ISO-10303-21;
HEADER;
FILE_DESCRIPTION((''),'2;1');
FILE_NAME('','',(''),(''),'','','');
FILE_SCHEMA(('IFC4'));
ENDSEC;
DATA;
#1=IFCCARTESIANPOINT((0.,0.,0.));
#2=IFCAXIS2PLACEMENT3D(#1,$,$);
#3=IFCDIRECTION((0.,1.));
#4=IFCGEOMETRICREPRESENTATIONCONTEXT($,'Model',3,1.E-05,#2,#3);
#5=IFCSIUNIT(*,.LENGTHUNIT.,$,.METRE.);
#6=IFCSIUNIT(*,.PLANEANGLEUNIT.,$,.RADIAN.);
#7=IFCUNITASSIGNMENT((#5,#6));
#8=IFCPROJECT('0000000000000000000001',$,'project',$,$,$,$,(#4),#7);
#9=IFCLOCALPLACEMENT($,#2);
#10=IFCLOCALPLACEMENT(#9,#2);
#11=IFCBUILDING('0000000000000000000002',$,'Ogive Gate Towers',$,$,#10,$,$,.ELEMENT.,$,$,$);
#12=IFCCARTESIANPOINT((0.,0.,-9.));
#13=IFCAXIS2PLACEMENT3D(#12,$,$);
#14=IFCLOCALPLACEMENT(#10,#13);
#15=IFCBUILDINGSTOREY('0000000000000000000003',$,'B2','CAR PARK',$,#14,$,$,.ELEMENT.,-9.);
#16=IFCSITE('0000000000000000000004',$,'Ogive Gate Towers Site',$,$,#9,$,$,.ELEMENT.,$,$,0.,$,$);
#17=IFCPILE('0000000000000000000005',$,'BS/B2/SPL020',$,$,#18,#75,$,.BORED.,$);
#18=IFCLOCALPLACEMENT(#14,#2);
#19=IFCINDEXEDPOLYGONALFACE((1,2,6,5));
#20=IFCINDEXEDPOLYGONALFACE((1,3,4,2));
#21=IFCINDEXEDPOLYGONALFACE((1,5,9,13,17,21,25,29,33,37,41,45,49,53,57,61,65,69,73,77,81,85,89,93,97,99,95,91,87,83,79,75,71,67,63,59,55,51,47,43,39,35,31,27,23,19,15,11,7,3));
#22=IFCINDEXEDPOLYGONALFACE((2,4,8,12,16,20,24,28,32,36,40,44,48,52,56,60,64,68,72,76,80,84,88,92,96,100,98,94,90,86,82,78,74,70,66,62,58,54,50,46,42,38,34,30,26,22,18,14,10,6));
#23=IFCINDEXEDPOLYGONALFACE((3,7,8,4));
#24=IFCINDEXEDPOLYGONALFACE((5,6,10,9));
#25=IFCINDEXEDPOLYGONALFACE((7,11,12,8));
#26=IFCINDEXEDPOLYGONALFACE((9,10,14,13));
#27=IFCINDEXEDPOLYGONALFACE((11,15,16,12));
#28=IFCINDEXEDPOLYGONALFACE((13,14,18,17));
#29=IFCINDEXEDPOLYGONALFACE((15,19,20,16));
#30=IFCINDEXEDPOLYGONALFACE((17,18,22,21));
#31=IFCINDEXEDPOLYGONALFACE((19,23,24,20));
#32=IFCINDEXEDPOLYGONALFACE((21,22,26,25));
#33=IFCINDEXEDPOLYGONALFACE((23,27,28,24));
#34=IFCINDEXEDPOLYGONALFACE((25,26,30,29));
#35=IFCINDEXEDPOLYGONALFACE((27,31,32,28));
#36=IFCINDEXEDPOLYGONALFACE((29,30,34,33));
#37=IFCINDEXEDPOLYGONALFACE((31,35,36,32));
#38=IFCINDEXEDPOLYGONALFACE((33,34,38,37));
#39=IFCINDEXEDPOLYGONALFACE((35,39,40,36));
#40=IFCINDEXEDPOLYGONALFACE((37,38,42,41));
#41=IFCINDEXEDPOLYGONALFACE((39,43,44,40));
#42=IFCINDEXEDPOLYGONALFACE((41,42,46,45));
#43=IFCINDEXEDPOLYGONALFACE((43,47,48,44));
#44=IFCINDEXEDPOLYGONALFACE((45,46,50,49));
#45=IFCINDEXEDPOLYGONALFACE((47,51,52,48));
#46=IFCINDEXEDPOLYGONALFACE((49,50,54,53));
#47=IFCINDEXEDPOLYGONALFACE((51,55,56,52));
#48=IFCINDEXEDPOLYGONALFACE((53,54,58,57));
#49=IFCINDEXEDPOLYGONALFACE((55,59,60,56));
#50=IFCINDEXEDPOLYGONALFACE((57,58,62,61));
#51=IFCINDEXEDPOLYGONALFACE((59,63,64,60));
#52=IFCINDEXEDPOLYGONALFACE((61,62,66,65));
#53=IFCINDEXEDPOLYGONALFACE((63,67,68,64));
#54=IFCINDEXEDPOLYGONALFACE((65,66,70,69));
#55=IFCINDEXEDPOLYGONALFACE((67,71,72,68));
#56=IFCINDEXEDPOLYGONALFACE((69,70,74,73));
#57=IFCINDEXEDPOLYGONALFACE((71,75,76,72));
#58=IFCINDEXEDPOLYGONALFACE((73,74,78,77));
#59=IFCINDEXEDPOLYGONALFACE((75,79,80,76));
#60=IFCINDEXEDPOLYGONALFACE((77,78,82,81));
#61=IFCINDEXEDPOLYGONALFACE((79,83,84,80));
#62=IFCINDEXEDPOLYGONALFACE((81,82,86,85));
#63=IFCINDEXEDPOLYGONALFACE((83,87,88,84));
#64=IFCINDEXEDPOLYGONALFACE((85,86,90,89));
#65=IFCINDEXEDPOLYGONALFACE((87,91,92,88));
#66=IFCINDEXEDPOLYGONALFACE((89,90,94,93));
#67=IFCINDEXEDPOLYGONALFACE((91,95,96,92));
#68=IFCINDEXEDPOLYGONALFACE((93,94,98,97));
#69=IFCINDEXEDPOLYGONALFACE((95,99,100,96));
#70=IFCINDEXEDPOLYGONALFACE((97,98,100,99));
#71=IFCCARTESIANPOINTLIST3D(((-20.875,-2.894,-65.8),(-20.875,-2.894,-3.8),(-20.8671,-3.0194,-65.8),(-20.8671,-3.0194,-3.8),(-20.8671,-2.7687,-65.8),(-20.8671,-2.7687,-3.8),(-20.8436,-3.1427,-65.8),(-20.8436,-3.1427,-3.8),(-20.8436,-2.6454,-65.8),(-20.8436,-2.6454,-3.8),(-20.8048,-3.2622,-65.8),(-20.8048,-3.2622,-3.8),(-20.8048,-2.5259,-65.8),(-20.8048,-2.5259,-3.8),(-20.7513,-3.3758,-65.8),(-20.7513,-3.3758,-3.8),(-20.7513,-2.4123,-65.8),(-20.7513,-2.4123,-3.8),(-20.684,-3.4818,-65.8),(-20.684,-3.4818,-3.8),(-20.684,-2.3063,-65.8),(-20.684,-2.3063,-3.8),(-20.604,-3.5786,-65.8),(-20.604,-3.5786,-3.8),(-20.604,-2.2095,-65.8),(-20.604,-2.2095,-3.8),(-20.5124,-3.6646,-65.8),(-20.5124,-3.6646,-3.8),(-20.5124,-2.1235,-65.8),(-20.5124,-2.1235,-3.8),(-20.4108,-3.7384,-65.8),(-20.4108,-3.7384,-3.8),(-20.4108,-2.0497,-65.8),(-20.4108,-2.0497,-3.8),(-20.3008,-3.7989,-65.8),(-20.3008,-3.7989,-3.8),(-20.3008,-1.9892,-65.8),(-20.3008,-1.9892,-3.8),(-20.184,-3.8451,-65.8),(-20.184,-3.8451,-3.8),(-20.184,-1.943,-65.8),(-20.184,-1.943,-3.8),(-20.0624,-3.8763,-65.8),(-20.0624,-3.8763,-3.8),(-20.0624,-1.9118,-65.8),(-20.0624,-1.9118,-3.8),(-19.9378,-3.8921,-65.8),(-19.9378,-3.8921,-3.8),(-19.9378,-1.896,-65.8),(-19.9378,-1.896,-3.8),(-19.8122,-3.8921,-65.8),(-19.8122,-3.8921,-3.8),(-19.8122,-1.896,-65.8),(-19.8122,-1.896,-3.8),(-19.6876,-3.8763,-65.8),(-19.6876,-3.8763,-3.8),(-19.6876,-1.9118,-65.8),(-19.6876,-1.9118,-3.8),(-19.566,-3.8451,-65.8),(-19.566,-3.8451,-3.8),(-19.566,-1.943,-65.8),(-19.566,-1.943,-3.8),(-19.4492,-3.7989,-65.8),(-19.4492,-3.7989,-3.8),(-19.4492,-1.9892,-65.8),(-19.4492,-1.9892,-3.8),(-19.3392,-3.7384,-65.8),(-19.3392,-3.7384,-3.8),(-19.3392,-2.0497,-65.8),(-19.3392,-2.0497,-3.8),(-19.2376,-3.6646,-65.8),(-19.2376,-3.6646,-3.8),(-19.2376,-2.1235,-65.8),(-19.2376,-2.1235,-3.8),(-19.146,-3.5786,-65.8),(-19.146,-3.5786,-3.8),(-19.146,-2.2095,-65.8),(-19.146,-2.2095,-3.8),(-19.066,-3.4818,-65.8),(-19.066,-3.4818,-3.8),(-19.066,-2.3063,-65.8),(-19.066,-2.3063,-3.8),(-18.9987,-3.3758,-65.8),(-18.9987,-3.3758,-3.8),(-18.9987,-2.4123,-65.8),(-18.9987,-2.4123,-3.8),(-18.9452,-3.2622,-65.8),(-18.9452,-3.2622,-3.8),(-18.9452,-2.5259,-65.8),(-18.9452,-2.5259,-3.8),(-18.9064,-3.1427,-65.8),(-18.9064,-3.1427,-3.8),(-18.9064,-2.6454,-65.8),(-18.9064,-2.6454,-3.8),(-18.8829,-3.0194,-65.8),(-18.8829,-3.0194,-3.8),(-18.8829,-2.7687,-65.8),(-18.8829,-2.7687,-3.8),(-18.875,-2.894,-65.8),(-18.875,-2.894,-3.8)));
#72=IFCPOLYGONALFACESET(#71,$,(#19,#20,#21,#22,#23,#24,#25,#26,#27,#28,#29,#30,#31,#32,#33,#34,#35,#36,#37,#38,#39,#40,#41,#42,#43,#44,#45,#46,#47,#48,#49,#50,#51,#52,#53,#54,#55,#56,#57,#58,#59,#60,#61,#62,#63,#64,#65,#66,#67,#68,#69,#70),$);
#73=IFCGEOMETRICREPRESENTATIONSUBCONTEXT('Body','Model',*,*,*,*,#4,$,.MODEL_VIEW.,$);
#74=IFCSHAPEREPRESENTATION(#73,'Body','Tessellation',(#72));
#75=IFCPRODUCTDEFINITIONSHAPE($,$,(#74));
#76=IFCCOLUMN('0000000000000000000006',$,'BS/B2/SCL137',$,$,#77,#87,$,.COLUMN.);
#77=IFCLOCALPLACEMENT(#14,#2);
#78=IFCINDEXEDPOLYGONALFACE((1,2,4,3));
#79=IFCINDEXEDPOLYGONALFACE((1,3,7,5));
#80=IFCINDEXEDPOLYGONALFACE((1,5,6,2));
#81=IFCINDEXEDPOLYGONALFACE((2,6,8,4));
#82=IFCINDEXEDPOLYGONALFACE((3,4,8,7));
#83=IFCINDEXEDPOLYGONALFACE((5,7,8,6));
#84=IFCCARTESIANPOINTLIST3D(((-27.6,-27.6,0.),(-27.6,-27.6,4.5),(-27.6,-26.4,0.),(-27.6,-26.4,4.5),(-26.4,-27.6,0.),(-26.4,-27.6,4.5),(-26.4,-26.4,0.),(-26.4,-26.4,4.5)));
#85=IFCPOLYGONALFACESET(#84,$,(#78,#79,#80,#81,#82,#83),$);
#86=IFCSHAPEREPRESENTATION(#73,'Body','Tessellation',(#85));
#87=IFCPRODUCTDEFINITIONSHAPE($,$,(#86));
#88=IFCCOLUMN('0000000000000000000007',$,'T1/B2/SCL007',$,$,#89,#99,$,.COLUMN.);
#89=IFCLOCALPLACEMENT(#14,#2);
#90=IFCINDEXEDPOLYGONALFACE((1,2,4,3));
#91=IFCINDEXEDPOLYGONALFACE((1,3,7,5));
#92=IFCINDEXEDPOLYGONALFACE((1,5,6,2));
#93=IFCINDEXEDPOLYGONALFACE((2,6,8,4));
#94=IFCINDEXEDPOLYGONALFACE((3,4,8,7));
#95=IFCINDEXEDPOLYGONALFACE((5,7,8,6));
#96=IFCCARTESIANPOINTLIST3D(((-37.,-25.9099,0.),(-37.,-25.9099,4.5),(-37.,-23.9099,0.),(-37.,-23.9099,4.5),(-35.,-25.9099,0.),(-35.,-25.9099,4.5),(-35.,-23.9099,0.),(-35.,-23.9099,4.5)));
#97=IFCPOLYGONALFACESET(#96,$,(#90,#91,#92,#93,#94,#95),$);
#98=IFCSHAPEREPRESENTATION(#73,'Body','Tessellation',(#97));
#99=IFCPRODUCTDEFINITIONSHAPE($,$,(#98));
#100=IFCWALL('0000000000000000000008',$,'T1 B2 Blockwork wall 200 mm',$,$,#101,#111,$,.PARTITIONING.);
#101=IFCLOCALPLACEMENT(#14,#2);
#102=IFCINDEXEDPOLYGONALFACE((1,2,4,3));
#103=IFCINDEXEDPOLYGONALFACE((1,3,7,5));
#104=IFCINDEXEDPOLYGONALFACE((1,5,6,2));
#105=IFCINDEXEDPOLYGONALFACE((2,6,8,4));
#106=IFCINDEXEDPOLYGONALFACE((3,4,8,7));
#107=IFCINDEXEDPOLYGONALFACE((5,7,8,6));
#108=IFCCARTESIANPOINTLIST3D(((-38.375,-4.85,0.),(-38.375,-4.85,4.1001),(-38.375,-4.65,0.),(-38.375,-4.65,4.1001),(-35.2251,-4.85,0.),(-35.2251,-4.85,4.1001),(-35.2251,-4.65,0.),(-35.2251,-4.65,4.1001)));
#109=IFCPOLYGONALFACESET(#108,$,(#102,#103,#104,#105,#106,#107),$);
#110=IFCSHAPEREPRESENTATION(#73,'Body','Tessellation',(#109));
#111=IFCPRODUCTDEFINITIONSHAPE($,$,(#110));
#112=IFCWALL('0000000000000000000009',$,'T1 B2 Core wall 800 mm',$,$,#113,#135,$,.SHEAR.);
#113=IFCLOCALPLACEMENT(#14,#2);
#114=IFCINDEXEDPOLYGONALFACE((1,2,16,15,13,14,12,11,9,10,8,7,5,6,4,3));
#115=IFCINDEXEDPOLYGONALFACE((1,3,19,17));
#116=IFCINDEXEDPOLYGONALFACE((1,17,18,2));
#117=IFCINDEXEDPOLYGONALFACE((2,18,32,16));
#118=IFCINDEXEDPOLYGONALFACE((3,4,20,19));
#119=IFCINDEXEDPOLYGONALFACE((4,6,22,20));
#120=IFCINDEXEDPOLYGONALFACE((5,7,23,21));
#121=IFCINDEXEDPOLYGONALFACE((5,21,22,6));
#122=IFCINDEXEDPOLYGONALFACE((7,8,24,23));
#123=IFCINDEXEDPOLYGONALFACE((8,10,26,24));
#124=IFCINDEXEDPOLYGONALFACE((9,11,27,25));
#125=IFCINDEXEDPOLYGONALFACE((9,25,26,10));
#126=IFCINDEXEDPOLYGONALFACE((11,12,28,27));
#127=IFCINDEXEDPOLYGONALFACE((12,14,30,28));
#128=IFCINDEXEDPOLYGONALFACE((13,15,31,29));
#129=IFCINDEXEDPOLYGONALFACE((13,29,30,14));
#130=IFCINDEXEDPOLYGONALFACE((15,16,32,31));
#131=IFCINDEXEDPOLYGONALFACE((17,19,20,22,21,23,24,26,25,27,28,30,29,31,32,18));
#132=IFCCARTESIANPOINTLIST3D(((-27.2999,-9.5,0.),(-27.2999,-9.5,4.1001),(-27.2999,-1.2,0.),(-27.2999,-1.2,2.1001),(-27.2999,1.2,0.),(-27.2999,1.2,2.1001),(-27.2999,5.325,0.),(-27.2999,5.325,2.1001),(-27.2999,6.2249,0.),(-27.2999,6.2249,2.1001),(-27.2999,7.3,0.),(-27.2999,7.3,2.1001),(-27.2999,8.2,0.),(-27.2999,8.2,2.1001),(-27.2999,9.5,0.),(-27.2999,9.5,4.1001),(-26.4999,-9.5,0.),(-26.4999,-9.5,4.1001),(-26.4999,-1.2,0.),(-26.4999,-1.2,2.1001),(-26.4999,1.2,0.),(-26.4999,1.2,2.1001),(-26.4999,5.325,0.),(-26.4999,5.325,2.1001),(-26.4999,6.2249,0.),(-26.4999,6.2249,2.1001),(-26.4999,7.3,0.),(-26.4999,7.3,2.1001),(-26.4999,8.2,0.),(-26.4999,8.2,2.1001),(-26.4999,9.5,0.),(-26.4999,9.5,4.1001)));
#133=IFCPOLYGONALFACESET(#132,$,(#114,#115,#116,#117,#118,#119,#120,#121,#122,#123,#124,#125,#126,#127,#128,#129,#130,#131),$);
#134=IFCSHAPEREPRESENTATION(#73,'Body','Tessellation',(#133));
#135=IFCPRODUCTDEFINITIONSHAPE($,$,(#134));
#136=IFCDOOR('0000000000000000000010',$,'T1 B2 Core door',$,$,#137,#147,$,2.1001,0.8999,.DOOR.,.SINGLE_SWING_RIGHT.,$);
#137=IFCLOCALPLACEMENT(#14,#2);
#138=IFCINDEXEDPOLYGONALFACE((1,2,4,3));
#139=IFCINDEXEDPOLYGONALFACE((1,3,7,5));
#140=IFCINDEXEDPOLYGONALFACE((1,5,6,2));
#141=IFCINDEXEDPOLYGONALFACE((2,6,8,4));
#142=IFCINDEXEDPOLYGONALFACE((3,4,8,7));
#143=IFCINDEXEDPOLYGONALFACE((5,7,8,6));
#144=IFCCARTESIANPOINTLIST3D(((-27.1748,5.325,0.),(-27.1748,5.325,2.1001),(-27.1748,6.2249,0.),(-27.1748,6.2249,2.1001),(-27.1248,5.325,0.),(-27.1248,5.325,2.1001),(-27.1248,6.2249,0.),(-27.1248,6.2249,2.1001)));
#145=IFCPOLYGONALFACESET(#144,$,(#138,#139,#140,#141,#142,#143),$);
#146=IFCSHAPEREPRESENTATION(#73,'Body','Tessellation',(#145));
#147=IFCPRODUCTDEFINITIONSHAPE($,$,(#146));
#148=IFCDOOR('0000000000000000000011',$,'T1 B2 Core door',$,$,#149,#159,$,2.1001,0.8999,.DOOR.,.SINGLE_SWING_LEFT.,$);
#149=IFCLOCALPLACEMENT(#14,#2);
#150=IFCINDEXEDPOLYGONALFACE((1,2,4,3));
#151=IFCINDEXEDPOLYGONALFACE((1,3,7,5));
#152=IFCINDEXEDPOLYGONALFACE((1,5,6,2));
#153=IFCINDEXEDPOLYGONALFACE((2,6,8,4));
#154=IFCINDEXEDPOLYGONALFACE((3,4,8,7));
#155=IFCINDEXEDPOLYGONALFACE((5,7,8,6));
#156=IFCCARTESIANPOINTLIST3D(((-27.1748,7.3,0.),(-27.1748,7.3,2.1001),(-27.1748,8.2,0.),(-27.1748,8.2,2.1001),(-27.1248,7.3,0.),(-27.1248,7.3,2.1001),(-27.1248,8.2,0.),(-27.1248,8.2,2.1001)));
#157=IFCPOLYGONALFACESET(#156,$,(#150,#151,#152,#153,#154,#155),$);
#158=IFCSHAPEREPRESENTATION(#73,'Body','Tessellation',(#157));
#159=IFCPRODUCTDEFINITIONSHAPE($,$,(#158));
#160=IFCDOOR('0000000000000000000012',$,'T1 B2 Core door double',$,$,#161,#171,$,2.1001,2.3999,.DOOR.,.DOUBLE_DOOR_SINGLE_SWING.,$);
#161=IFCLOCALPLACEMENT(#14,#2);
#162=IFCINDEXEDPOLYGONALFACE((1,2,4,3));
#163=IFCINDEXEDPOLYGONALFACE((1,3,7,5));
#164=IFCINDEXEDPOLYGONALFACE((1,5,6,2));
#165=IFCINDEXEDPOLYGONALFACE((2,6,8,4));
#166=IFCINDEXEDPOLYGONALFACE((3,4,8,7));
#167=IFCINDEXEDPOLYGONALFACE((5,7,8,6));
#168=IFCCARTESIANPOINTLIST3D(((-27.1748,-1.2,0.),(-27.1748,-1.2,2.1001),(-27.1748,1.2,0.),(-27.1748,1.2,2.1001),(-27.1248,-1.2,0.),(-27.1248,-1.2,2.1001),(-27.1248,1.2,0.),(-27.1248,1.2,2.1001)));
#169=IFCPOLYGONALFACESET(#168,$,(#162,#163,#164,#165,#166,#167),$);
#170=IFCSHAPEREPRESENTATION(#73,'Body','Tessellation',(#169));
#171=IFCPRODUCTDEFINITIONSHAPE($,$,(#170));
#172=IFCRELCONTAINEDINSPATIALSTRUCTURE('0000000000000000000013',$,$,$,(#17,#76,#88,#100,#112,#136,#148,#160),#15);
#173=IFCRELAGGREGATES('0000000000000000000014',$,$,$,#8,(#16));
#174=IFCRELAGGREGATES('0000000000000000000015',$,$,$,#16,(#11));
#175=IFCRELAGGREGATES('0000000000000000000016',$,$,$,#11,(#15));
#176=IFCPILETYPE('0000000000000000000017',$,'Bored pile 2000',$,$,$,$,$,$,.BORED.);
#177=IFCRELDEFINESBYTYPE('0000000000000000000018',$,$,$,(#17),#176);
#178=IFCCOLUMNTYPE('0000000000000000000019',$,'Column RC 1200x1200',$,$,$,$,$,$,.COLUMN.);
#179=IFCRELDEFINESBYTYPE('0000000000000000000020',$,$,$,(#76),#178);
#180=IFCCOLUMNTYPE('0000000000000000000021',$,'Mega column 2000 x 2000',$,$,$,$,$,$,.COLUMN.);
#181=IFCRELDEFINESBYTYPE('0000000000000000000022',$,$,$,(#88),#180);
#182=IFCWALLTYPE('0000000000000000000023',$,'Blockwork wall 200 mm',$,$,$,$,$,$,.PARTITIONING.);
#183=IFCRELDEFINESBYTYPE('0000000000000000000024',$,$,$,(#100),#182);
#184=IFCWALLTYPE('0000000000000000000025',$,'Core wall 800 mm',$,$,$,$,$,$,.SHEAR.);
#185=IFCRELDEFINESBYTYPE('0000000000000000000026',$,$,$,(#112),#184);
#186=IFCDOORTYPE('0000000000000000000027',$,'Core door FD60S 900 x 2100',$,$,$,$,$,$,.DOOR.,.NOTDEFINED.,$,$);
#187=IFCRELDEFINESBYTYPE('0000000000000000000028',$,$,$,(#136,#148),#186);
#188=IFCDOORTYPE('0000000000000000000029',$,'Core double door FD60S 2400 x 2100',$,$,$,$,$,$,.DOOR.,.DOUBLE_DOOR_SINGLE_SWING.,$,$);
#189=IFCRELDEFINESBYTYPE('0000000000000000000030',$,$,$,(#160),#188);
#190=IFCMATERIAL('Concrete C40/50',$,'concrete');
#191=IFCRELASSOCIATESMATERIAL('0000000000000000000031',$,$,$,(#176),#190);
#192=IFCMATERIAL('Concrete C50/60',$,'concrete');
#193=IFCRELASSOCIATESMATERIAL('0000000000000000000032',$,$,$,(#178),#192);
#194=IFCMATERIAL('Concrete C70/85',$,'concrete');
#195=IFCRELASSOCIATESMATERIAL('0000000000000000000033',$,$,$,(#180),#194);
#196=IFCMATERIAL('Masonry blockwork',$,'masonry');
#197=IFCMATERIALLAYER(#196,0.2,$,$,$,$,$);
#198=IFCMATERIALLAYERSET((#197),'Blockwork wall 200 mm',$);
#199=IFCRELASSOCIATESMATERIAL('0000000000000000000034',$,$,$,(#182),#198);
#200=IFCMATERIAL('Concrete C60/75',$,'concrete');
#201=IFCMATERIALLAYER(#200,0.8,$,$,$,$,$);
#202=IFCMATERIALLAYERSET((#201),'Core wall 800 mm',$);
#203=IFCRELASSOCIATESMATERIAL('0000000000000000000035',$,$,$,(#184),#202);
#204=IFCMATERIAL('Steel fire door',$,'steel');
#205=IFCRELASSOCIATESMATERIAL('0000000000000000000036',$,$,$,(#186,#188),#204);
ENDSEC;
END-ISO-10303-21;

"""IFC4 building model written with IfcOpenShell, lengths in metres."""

from ifc_helpers import new_model, si_unit, direction, frame, frame_2d, origin, origin_2d, place, context, subcontext, project, spatial, rectangle, circle, extrude, material, layer, layer_set, material_profile, profile_set, type_object, element, fill, save


model = new_model("IFC4")

# Units and contexts
model_context = context("Model", 3, precision=1e-05, world=origin(), true_north=direction((0.0, 1.0)))
body_context = subcontext(model_context, "Body", "Model", "MODEL_VIEW")
ifc_project = project(units=[si_unit("LENGTHUNIT", "METRE"), si_unit("PLANEANGLEUNIT", "RADIAN")], contexts=[model_context])

# Site, building, storey
site_placement = place(None, origin())
site = spatial("IfcSite", under=ifc_project, at=site_placement, Name="Ogive Gate Towers Site", CompositionType="ELEMENT", RefElevation=0.0)
building_placement = place(site_placement, origin())
building = spatial("IfcBuilding", under=site, at=building_placement, Name="Ogive Gate Towers", CompositionType="ELEMENT")
storey_placement = place(building_placement, frame((0.0, 0.0, -9.0)))
storey = spatial("IfcBuildingStorey", under=building, at=storey_placement, Name="B2", Description="CAR PARK", CompositionType="ELEMENT", Elevation=-9.0)

# Pile
ifc_material_1 = material(Name="Concrete C40/50", Category="concrete")
ifc_material_profile_1 = material_profile(ifc_material_1, circle(Radius=1.0, at=origin_2d()), Name="BP 2000")
ifc_profile_set_1 = profile_set([ifc_material_profile_1], Name="Concrete C40/50")
pile_type_1 = type_object("IfcPileType", Name="Bored pile 2000", PredefinedType="BORED", material=ifc_profile_set_1)
for number, where, z_axis, x_axis, name in (
    (1, (-19.875, -2.894, -3.8), (0.0, 0.0, -1.0), (1.0, 0.0, 0.0), "BS/B2/SPL020"),
):
    element("IfcPile", number, at=place(storey_placement, frame(where, z_axis=z_axis, x_axis=x_axis)), inside=storey, type_object=pile_type_1, Name=name, PredefinedType="BORED", context=body_context, shape_type="SweptSolid", body=[
        extrude(circle(Radius=1.0, at=origin_2d()), origin(), (0.0, 0.0, 1.0), 62.0),
    ])

# Columns
ifc_material_2 = material(Name="Concrete C50/60", Category="concrete")
ifc_material_profile_2 = material_profile(ifc_material_2, rectangle(XDim=1.2, YDim=1.2, at=origin_2d()), Name="RC 1200x1200")
ifc_profile_set_2 = profile_set([ifc_material_profile_2], Name="Concrete C50/60")
column_type_1 = type_object("IfcColumnType", Name="Column RC 1200x1200", PredefinedType="COLUMN", material=ifc_profile_set_2)
column_1_placement = place(storey_placement, frame((-27.0, -27.0, 0.0), z_axis=(0.0, 0.0, 1.0), x_axis=(1.0, 0.0, 0.0)))
element("IfcColumn", 2, at=column_1_placement, inside=storey, type_object=column_type_1, Name="BS/B2/SCL137", PredefinedType="COLUMN", context=body_context, shape_type="SweptSolid", body=[
    extrude(rectangle(XDim=1.2, YDim=1.2, at=origin_2d()), origin(), (0.0, 0.0, 1.0), 4.5),
])
ifc_material_3 = material(Name="Concrete C70/85", Category="concrete")
ifc_material_profile_3 = material_profile(ifc_material_3, rectangle(XDim=2.0, YDim=2.0, at=origin_2d()), Name="RC 2000x2000")
ifc_profile_set_3 = profile_set([ifc_material_profile_3], Name="Concrete C70/85")
column_type_2 = type_object("IfcColumnType", Name="Mega column 2000 x 2000", PredefinedType="COLUMN", material=ifc_profile_set_3)
column_2_placement = place(storey_placement, frame((-36.0, -24.9099, 0.0), z_axis=(0.0, 0.0, 1.0), x_axis=(0.0, -1.0, 0.0)))
element("IfcColumn", 3, at=column_2_placement, inside=storey, type_object=column_type_2, Name="T1/B2/SCL007", PredefinedType="COLUMN", context=body_context, shape_type="SweptSolid", body=[
    extrude(rectangle(XDim=2.0, YDim=2.0, at=origin_2d()), origin(), (0.0, 0.0, 1.0), 4.5),
])

# Wall
ifc_material_4 = material(Name="Masonry blockwork", Category="masonry")
ifc_layer_1 = layer(ifc_material_4, 0.2)
ifc_layer_set_1 = layer_set([ifc_layer_1], Name="Blockwork wall 200 mm")
wall_type_1 = type_object("IfcWallType", Name="Blockwork wall 200 mm", PredefinedType="PARTITIONING", material=ifc_layer_set_1)
wall_1_placement = place(storey_placement, frame((-38.375, -4.75, 0.0), z_axis=(0.0, 0.0, 1.0), x_axis=(1.0, 0.0, 0.0)))
element("IfcWall", 4, at=wall_1_placement, inside=storey, type_object=wall_type_1, Name="T1 B2 Blockwork wall 200 mm", PredefinedType="PARTITIONING", context=body_context, shape_type="SweptSolid", body=[
    extrude(rectangle(XDim=3.1499, YDim=0.2, at=frame_2d((1.575, 0.0))), origin(), (0.0, 0.0, 1.0), 4.1001),
])

# Wall, openings, doors
ifc_material_5 = material(Name="Concrete C60/75", Category="concrete")
ifc_layer_2 = layer(ifc_material_5, 0.8)
ifc_layer_set_2 = layer_set([ifc_layer_2], Name="Core wall 800 mm")
wall_type_2 = type_object("IfcWallType", Name="Core wall 800 mm", PredefinedType="SHEAR", material=ifc_layer_set_2)
wall_2_placement = place(storey_placement, frame((-26.8999, -9.5, 0.0), z_axis=(0.0, 0.0, 1.0), x_axis=(0.0, 1.0, 0.0)))
wall_2 = element("IfcWall", 5, at=wall_2_placement, inside=storey, type_object=wall_type_2, Name="T1 B2 Core wall 800 mm", PredefinedType="SHEAR", context=body_context, shape_type="SweptSolid", body=[
    extrude(rectangle(XDim=19.0, YDim=0.8, at=frame_2d((9.5, 0.0))), origin(), (0.0, 0.0, 1.0), 4.1001),
])
opening_1_placement = place(wall_2_placement, frame((8.3, 0.0, 0.0)))
opening_1 = element("IfcOpeningElement", 6, at=opening_1_placement, cuts=wall_2, PredefinedType="OPENING", context=body_context, shape_type="SweptSolid", body=[
    extrude(rectangle(XDim=2.3999, YDim=2.1001, at=frame_2d((1.2, 1.05))), frame((0.0, 0.4102, 0.0), z_axis=(0.0, -1.0, 0.0), x_axis=(1.0, 0.0, 0.0)), (0.0, 0.0, 1.0), 0.8201),
])
opening_2_placement = place(wall_2_placement, frame((14.825, 0.0, 0.0)))
opening_2 = element("IfcOpeningElement", 7, at=opening_2_placement, cuts=wall_2, PredefinedType="OPENING", context=body_context, shape_type="SweptSolid", body=[
    extrude(rectangle(XDim=0.8999, YDim=2.1001, at=frame_2d((0.45, 1.05))), frame((0.0, 0.4102, 0.0), z_axis=(0.0, -1.0, 0.0), x_axis=(1.0, 0.0, 0.0)), (0.0, 0.0, 1.0), 0.8201),
])
opening_3_placement = place(wall_2_placement, frame((16.8, 0.0, 0.0)))
opening_3 = element("IfcOpeningElement", 8, at=opening_3_placement, cuts=wall_2, PredefinedType="OPENING", context=body_context, shape_type="SweptSolid", body=[
    extrude(rectangle(XDim=0.8999, YDim=2.1001, at=frame_2d((0.45, 1.05))), frame((0.0, 0.4102, 0.0), z_axis=(0.0, -1.0, 0.0), x_axis=(1.0, 0.0, 0.0)), (0.0, 0.0, 1.0), 0.8201),
])
ifc_material_6 = material(Name="Steel fire door", Category="steel")
door_type_1 = type_object("IfcDoorType", Name="Core door FD60S 900 x 2100", OperationType="NOTDEFINED", PredefinedType="DOOR", material=ifc_material_6)
door_1_placement = place(opening_2_placement, origin())
door_1 = element("IfcDoor", 9, at=door_1_placement, inside=storey, type_object=door_type_1, Name="T1 B2 Core door", OperationType="SINGLE_SWING_RIGHT", OverallHeight=2.1001, OverallWidth=0.8999, PredefinedType="DOOR", context=body_context, shape_type="SweptSolid", body=[
    extrude(rectangle(XDim=0.8999, YDim=2.1001, at=frame_2d((0.45, 1.05))), frame((0.0, 0.2749, 0.0), z_axis=(0.0, -1.0, 0.0), x_axis=(1.0, 0.0, 0.0)), (0.0, 0.0, 1.0), 0.05),
])
fill(opening_2, door_1)
door_2_placement = place(opening_3_placement, origin())
door_2 = element("IfcDoor", 10, at=door_2_placement, inside=storey, type_object=door_type_1, Name="T1 B2 Core door", OperationType="SINGLE_SWING_LEFT", OverallHeight=2.1001, OverallWidth=0.8999, PredefinedType="DOOR", context=body_context, shape_type="SweptSolid", body=[
    extrude(rectangle(XDim=0.8999, YDim=2.1001, at=frame_2d((0.45, 1.05))), frame((0.0, 0.2749, 0.0), z_axis=(0.0, -1.0, 0.0), x_axis=(1.0, 0.0, 0.0)), (0.0, 0.0, 1.0), 0.05),
])
fill(opening_3, door_2)
door_type_2 = type_object("IfcDoorType", Name="Core double door FD60S 2400 x 2100", OperationType="DOUBLE_DOOR_SINGLE_SWING", PredefinedType="DOOR", material=ifc_material_6)
door_3_placement = place(opening_1_placement, origin())
door_3 = element("IfcDoor", 11, at=door_3_placement, inside=storey, type_object=door_type_2, Name="T1 B2 Core door double", OperationType="DOUBLE_DOOR_SINGLE_SWING", OverallHeight=2.1001, OverallWidth=2.3999, PredefinedType="DOOR", context=body_context, shape_type="SweptSolid", body=[
    extrude(rectangle(XDim=2.3999, YDim=2.1001, at=frame_2d((1.2, 1.05))), frame((0.0, 0.2749, 0.0), z_axis=(0.0, -1.0, 0.0), x_axis=(1.0, 0.0, 0.0)), (0.0, 0.0, 1.0), 0.05),
])
fill(opening_1, door_3)

save(model, "model.ifc")
